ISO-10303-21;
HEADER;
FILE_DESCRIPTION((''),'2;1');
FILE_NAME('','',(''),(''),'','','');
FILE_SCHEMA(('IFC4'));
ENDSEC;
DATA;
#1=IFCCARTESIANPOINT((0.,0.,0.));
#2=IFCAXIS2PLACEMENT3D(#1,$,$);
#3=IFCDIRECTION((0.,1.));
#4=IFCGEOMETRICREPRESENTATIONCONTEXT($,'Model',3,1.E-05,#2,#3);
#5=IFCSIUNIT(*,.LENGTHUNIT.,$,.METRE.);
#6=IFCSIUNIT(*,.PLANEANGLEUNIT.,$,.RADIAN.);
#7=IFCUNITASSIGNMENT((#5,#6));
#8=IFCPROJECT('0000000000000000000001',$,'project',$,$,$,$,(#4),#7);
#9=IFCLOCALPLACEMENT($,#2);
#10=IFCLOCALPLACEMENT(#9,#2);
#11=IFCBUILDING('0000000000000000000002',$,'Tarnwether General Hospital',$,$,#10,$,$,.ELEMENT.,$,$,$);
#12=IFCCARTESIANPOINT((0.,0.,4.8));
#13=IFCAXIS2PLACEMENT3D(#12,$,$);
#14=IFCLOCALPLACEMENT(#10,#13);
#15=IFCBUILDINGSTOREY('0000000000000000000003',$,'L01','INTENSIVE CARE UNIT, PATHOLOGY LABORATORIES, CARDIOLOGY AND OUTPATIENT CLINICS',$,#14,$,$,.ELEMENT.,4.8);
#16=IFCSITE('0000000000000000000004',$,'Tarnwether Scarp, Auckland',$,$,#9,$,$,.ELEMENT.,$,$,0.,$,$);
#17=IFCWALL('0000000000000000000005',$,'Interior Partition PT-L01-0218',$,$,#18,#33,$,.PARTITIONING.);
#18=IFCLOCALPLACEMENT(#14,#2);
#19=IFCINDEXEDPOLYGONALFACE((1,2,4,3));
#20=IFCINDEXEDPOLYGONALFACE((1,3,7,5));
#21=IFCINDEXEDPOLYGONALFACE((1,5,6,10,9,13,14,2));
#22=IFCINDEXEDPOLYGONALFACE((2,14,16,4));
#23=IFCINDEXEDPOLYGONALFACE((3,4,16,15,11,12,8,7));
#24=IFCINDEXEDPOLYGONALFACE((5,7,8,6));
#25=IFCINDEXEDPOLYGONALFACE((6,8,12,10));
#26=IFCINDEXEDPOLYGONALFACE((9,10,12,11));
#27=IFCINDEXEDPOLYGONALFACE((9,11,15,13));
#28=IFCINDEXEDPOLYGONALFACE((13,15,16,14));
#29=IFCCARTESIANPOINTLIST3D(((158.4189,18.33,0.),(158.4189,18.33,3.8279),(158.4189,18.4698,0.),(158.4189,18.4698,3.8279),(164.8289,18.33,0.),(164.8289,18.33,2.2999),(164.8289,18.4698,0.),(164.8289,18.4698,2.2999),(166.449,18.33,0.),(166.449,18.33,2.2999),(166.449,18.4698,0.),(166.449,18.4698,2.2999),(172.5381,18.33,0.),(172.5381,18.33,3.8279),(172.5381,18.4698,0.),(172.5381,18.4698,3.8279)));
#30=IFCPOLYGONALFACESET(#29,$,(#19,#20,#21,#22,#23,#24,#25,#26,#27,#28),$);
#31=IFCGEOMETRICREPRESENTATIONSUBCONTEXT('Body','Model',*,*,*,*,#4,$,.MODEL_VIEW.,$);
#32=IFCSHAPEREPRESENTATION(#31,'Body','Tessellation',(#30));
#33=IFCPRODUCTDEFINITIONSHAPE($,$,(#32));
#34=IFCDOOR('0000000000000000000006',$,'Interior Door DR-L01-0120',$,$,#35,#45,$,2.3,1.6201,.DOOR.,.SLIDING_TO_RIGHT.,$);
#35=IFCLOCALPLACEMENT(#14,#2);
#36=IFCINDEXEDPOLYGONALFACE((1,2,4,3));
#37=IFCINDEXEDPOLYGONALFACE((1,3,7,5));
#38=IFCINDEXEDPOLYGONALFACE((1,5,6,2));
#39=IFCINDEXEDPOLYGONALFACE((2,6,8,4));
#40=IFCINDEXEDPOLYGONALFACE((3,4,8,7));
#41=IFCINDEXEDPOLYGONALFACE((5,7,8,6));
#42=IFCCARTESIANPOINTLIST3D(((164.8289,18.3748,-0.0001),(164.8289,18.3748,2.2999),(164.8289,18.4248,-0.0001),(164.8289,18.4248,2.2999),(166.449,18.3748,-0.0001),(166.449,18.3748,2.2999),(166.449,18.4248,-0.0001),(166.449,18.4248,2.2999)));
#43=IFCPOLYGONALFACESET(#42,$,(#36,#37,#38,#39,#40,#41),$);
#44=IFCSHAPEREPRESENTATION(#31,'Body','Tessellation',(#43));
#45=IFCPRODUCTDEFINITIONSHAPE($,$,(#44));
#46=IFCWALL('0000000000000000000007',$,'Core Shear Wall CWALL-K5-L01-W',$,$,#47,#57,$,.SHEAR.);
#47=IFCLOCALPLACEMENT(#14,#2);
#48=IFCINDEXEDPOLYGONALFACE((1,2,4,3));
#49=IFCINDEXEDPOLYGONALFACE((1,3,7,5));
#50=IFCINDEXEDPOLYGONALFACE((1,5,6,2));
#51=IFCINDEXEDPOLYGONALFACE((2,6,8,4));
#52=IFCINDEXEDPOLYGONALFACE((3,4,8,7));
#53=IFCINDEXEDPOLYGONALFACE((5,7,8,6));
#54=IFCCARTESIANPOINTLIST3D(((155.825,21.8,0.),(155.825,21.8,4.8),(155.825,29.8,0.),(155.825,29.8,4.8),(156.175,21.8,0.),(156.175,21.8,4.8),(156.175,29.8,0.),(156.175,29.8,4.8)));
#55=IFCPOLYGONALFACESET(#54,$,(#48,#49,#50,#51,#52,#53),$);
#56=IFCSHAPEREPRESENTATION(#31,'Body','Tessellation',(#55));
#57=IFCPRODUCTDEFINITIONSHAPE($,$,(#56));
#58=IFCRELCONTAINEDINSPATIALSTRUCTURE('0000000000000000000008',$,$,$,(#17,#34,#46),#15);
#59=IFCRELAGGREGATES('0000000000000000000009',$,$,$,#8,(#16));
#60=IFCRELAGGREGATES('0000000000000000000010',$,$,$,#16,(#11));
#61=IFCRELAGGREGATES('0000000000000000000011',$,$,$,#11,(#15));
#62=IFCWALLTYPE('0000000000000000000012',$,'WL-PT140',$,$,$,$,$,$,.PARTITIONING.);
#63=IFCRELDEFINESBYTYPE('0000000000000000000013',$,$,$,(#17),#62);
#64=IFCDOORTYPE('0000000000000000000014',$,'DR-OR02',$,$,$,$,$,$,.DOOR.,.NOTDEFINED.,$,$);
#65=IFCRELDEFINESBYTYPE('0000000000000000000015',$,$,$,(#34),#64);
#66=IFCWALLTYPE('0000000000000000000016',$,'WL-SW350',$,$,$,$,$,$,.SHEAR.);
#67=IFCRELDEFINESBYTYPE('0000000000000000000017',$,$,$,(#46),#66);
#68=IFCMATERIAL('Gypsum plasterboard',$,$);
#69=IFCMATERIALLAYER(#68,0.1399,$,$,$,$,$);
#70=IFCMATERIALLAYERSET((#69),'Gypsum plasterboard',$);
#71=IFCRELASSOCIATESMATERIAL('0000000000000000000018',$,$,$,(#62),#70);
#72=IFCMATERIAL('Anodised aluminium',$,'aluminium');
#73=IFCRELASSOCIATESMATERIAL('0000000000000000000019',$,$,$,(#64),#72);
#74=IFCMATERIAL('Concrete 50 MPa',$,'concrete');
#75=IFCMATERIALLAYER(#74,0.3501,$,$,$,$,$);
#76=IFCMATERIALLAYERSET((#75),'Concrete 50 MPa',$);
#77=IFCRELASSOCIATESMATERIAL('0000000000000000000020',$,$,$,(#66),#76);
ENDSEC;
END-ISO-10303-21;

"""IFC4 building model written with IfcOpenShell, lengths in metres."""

from ifc_helpers import new_model, si_unit, direction, frame, frame_2d, origin, place, context, subcontext, project, spatial, rectangle, extrude, material, layer, layer_set, type_object, element, fill, save


model = new_model("IFC4")

# Units and contexts
model_context = context("Model", 3, precision=1e-05, world=origin(), true_north=direction((0.0, 1.0)))
body_context = subcontext(model_context, "Body", "Model", "MODEL_VIEW")
ifc_project = project(units=[si_unit("LENGTHUNIT", "METRE"), si_unit("PLANEANGLEUNIT", "RADIAN")], contexts=[model_context])

# Site, building, storey
site_placement = place(None, origin())
site = spatial("IfcSite", under=ifc_project, at=site_placement, Name="Tarnwether Scarp, Auckland", CompositionType="ELEMENT", RefElevation=0.0)
building_placement = place(site_placement, origin())
building = spatial("IfcBuilding", under=site, at=building_placement, Name="Tarnwether General Hospital", CompositionType="ELEMENT")
storey_placement = place(building_placement, frame((0.0, 0.0, 4.8)))
storey = spatial("IfcBuildingStorey", under=building, at=storey_placement, Name="L01", Description="INTENSIVE CARE UNIT, PATHOLOGY LABORATORIES, CARDIOLOGY AND OUTPATIENT CLINICS", CompositionType="ELEMENT", Elevation=4.8)

# Shared definitions
ifc_material_1 = material(Name="Gypsum plasterboard")
ifc_layer_1 = layer(ifc_material_1, 0.1399)
ifc_layer_set_1 = layer_set([ifc_layer_1], Name="Gypsum plasterboard")
wall_type_1 = type_object("IfcWallType", Name="WL-PT140", PredefinedType="PARTITIONING", material=ifc_layer_set_1)

# Wall, opening, door
wall_1_placement = place(storey_placement, frame((158.4189, 18.3999, 0.0), z_axis=(0.0, 0.0, 1.0), x_axis=(1.0, 0.0, 0.0)))
wall_1 = element("IfcWall", 1, at=wall_1_placement, inside=storey, type_object=wall_type_1, Name="Interior Partition PT-L01-0218", PredefinedType="PARTITIONING", context=body_context, shape_type="SweptSolid", body=[
    extrude(rectangle(XDim=14.1191, YDim=0.1399, at=frame_2d((7.0596, 0.0))), origin(), (0.0, 0.0, 1.0), 3.8279),
])
opening_placement = place(wall_1_placement, frame((6.4099, 0.0, 0.0)))
opening = element("IfcOpeningElement", 2, at=opening_placement, cuts=wall_1, PredefinedType="OPENING", context=body_context, shape_type="SweptSolid", body=[
    extrude(rectangle(XDim=1.6201, YDim=2.3, at=frame_2d((0.8101, 1.1499))), frame((0.0, 0.0801, 0.0), z_axis=(0.0, -1.0, 0.0), x_axis=(1.0, 0.0, 0.0)), (0.0, 0.0, 1.0), 0.1599),
])
ifc_material_2 = material(Name="Anodised aluminium", Category="aluminium")
door_type = type_object("IfcDoorType", Name="DR-OR02", OperationType="NOTDEFINED", PredefinedType="DOOR", material=ifc_material_2)
door_placement = place(opening_placement, origin())
door = element("IfcDoor", 3, at=door_placement, inside=storey, type_object=door_type, Name="Interior Door DR-L01-0120", OperationType="SLIDING_TO_RIGHT", OverallHeight=2.3, OverallWidth=1.6201, PredefinedType="DOOR", context=body_context, shape_type="SweptSolid", body=[
    extrude(rectangle(XDim=1.6201, YDim=2.3, at=frame_2d((0.8101, 1.1499))), frame((0.0, 0.0249, 0.0), z_axis=(0.0, -1.0, 0.0), x_axis=(1.0, 0.0, 0.0)), (0.0, 0.0, 1.0), 0.05),
])
fill(opening, door)

# Wall
ifc_material_3 = material(Name="Concrete 50 MPa", Category="concrete")
ifc_layer_2 = layer(ifc_material_3, 0.3501)
ifc_layer_set_2 = layer_set([ifc_layer_2], Name="Concrete 50 MPa")
wall_type_2 = type_object("IfcWallType", Name="WL-SW350", PredefinedType="SHEAR", material=ifc_layer_set_2)
wall_2_placement = place(storey_placement, frame((156.0, 21.8, 0.0), z_axis=(0.0, 0.0, 1.0), x_axis=(0.0, 1.0, 0.0)))
element("IfcWall", 4, at=wall_2_placement, inside=storey, type_object=wall_type_2, Name="Core Shear Wall CWALL-K5-L01-W", PredefinedType="SHEAR", context=body_context, shape_type="SweptSolid", body=[
    extrude(rectangle(XDim=8.0, YDim=0.3501, at=frame_2d((4.0, 0.0))), origin(), (0.0, 0.0, 1.0), 4.8),
])

save(model, "model.ifc")
